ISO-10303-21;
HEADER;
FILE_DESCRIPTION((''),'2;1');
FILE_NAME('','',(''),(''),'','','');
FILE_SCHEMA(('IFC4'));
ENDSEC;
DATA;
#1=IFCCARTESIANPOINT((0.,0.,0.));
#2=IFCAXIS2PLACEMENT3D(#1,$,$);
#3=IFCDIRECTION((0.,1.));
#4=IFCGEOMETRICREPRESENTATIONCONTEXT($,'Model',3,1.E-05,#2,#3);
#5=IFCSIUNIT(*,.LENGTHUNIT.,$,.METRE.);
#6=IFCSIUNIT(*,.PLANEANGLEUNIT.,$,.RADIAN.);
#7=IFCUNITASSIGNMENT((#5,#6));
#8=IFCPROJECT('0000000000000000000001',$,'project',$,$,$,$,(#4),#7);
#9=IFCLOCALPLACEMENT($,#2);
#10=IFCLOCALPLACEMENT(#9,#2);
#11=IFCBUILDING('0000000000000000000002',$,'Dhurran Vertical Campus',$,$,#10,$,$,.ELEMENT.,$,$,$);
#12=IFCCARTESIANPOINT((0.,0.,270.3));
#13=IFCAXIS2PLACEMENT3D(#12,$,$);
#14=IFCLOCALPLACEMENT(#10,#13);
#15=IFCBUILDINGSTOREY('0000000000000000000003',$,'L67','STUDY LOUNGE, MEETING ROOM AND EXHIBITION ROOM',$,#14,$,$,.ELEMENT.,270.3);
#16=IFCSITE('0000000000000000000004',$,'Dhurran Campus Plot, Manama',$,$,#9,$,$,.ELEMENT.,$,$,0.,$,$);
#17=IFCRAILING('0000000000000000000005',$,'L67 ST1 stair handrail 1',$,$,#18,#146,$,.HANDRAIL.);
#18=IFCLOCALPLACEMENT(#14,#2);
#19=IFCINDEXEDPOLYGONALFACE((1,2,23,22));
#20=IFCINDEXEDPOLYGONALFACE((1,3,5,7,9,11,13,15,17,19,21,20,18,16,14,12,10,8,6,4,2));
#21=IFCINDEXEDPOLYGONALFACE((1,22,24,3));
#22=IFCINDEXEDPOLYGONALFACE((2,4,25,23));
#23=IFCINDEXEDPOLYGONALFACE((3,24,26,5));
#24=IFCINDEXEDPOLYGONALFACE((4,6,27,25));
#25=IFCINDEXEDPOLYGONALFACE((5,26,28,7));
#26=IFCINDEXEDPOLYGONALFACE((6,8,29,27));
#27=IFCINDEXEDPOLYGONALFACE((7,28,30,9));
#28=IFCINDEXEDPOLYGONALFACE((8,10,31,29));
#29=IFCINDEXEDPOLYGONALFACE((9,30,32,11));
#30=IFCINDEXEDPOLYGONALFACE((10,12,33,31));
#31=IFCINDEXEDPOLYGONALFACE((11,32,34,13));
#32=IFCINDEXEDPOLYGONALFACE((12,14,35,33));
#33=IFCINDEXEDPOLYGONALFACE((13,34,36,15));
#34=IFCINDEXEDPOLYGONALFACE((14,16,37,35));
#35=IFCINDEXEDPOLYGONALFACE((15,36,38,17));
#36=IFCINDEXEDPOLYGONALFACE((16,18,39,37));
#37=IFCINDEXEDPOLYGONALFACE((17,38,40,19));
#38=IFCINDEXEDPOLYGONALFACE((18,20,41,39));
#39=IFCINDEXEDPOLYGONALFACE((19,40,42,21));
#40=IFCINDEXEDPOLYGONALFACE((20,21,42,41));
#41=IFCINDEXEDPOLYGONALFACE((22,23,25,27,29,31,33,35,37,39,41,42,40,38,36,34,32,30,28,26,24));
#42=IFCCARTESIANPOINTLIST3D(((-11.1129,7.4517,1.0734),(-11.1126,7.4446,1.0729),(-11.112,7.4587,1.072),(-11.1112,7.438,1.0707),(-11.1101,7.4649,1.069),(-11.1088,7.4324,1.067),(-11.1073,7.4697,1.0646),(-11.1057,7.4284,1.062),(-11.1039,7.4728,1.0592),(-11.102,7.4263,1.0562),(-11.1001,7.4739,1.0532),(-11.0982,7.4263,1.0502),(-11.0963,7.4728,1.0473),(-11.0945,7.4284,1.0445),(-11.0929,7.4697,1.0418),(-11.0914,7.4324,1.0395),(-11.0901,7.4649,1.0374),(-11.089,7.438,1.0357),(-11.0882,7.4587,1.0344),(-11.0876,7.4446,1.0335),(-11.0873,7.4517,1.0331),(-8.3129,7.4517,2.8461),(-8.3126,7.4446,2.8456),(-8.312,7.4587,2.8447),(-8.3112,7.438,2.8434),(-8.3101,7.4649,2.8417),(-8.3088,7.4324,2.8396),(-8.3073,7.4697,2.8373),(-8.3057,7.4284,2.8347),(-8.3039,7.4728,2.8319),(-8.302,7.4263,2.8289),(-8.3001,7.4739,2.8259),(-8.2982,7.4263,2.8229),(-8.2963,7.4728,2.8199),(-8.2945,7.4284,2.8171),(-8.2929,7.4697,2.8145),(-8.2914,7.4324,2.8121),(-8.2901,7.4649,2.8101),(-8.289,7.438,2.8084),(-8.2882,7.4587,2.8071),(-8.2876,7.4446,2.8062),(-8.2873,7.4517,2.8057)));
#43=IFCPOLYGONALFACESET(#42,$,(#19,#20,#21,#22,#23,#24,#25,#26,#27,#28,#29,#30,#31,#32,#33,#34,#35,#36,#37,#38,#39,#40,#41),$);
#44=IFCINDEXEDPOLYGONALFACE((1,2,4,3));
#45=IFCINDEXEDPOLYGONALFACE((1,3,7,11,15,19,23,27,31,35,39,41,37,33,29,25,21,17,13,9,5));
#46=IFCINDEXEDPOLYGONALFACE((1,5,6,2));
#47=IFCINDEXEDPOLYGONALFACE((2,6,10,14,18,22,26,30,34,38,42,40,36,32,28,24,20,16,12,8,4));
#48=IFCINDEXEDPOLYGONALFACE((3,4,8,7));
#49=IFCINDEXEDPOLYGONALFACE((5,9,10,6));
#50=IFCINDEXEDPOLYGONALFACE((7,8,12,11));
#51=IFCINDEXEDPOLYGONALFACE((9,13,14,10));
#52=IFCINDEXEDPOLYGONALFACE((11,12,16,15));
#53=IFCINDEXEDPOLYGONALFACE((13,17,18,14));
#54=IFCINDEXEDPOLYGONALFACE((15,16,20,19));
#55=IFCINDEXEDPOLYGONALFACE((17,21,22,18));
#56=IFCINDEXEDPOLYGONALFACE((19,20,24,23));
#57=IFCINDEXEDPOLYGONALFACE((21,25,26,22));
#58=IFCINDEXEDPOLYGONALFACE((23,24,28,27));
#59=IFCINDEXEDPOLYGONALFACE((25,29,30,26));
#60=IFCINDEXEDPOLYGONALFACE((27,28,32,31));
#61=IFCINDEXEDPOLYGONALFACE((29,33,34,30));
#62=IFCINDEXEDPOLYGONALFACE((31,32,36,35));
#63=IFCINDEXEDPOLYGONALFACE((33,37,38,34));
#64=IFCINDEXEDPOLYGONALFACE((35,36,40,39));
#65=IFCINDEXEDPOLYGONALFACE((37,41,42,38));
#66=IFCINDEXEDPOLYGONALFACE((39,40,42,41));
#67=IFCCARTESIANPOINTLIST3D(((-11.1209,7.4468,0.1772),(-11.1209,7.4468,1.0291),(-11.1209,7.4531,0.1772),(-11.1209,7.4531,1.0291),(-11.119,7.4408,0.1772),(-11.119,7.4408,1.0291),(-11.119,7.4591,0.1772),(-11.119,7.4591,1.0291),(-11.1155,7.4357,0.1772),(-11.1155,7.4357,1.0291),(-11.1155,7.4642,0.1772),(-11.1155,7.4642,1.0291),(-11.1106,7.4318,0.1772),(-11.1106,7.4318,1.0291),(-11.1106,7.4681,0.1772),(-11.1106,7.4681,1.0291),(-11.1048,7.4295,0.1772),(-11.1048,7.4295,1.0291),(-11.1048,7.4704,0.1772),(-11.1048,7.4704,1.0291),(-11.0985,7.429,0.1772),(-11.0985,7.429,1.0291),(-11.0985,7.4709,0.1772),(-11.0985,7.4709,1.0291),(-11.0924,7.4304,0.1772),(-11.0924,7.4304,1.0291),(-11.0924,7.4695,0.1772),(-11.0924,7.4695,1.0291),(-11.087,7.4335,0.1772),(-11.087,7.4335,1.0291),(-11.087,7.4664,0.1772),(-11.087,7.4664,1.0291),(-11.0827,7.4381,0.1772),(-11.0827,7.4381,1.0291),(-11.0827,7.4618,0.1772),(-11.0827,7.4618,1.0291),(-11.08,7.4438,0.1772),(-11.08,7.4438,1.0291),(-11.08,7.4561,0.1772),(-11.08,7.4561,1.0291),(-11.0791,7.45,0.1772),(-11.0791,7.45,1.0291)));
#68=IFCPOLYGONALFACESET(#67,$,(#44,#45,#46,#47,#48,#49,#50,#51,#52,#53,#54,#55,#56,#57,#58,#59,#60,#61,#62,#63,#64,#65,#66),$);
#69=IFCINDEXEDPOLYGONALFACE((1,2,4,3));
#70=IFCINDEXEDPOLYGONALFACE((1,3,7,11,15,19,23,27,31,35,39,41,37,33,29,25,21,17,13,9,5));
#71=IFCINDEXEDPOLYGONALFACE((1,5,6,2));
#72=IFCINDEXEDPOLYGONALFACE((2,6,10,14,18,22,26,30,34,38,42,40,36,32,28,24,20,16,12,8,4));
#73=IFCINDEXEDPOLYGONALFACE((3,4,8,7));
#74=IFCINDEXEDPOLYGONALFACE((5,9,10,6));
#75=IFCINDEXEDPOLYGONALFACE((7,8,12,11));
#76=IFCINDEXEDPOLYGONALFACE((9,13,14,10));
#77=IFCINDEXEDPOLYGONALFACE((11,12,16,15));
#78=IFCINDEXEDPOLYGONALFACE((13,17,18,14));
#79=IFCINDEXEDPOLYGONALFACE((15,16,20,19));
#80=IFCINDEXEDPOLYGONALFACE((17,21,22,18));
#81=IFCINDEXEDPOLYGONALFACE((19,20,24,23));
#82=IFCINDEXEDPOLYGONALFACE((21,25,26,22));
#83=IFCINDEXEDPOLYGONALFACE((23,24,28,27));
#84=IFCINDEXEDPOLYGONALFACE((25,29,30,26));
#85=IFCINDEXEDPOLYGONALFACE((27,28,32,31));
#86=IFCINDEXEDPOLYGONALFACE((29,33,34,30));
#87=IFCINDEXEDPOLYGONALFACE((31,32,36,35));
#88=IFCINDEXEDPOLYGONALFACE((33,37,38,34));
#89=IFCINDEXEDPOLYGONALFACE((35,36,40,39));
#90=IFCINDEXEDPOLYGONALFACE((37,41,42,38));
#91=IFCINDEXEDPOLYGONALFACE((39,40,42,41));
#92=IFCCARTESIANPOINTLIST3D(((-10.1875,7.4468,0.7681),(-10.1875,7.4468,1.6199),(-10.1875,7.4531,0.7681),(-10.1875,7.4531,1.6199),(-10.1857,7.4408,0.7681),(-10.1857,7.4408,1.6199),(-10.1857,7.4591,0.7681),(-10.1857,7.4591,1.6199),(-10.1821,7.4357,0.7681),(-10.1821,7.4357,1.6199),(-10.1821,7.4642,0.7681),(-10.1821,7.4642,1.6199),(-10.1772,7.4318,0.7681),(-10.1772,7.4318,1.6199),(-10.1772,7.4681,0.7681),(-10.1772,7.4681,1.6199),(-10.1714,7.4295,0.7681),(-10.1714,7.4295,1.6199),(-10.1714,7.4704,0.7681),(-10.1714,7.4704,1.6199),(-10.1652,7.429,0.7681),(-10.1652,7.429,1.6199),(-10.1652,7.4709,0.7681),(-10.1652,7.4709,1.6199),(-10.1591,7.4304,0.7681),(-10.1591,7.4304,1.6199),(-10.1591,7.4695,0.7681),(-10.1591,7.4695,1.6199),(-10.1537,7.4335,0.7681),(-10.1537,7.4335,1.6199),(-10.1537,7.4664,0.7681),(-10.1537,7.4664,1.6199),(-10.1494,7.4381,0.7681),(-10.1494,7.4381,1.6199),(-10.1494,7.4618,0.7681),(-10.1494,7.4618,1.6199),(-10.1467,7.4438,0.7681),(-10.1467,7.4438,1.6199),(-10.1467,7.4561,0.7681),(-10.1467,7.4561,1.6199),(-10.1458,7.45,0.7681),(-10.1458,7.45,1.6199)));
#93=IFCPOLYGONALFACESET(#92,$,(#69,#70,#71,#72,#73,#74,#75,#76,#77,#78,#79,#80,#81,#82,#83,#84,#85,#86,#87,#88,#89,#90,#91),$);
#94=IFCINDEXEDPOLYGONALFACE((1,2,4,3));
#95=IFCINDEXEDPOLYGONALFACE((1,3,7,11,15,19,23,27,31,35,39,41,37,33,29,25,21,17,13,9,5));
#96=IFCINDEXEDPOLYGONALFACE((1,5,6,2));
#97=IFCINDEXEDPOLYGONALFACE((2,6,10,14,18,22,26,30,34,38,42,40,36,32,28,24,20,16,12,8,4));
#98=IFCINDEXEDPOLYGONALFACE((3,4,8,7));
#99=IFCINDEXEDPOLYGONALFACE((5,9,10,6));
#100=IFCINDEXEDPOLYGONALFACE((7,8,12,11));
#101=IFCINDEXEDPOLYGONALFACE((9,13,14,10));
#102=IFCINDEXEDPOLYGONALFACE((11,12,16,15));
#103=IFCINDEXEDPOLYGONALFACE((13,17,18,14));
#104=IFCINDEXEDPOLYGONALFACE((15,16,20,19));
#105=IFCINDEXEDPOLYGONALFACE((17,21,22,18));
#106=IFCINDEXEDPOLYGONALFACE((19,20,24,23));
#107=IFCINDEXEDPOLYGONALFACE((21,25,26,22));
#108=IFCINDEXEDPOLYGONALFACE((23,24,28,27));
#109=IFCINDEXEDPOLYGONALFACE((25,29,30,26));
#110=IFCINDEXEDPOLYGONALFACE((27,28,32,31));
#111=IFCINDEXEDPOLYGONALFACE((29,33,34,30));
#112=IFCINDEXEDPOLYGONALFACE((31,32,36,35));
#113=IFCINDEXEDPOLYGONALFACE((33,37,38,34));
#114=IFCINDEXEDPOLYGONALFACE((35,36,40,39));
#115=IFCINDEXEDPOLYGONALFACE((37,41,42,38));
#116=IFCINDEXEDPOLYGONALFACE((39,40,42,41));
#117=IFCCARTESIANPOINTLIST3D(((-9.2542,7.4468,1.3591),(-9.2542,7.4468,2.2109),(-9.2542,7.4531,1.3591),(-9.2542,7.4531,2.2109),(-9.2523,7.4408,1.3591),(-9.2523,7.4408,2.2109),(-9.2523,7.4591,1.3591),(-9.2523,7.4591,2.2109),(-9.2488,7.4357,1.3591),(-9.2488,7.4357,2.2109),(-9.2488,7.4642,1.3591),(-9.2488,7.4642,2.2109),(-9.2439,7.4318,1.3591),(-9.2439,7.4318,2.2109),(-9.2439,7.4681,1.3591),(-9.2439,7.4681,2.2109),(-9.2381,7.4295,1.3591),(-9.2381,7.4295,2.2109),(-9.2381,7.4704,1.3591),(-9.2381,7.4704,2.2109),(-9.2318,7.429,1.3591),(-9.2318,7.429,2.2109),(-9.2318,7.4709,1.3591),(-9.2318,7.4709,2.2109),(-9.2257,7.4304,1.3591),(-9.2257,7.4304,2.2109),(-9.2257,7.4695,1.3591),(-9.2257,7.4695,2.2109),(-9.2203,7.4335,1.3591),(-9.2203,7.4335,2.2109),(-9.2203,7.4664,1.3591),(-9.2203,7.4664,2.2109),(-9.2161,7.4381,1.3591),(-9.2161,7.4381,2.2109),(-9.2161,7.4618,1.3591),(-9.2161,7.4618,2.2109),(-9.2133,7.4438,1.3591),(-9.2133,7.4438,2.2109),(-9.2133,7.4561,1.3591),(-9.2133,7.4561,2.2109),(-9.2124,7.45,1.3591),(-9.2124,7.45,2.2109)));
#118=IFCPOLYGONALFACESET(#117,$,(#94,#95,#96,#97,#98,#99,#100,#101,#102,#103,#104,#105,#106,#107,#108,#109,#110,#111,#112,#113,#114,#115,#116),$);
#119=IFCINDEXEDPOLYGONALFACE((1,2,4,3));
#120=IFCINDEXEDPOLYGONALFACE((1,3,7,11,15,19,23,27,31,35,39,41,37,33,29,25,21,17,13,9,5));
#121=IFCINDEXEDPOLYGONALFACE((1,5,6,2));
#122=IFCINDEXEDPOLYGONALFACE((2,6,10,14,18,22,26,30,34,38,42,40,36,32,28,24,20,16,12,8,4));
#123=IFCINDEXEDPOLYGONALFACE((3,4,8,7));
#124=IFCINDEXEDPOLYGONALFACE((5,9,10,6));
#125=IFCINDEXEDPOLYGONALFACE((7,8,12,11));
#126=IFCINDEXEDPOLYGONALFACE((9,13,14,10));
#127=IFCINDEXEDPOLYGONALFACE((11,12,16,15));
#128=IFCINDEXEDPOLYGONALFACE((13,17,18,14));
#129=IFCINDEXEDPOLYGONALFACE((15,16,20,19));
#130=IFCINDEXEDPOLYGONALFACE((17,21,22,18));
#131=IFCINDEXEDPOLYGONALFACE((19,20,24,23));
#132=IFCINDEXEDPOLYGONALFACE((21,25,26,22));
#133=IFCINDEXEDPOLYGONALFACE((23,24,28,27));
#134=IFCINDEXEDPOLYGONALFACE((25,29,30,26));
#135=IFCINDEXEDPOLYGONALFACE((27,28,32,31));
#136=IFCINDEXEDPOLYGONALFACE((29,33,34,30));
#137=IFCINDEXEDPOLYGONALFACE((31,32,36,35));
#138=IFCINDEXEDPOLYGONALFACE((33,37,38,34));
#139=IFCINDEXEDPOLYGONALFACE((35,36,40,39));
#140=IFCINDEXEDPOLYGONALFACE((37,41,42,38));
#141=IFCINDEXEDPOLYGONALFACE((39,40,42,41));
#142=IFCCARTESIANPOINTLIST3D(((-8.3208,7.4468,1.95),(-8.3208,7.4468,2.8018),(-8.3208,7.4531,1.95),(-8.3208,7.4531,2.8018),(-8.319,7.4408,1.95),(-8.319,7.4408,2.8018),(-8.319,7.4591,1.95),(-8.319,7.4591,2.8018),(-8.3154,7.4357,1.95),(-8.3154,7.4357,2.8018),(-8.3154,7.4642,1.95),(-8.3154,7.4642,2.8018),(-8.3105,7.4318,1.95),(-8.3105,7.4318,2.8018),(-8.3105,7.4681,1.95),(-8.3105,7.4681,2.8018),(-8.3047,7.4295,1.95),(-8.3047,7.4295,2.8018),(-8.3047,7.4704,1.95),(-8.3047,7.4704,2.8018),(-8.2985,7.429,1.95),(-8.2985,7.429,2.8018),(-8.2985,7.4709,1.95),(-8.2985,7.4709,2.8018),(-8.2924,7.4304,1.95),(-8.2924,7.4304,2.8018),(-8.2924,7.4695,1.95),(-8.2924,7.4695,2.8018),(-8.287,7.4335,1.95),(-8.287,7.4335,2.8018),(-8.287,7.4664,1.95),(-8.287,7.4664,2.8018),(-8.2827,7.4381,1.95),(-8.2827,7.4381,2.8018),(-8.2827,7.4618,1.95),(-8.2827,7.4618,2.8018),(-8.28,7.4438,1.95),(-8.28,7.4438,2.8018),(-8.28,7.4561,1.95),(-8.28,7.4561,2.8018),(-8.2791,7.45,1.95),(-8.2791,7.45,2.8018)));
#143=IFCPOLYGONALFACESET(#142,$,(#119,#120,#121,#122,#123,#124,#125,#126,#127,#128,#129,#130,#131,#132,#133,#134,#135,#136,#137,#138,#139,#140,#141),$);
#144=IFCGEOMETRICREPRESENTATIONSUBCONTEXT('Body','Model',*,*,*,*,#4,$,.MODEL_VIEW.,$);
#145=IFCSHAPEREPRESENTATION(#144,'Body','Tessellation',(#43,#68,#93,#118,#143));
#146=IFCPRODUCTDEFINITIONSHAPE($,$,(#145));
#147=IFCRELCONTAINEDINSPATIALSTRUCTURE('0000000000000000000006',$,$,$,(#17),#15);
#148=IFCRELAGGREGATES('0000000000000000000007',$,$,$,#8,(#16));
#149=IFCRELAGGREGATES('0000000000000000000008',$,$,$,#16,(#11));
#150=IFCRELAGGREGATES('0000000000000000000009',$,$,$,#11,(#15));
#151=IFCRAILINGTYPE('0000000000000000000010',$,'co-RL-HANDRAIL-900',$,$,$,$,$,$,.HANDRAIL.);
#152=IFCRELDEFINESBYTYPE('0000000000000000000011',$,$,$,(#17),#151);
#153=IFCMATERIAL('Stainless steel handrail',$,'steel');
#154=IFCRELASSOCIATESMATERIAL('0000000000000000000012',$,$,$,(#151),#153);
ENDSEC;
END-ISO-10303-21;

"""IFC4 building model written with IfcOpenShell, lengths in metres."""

from ifc_helpers import new_model, si_unit, direction, frame, origin, origin_2d, place, context, subcontext, project, spatial, circle, extrude, material, type_object, element, save


model = new_model("IFC4")

# Units and contexts
model_context = context("Model", 3, precision=1e-05, world=origin(), true_north=direction((0.0, 1.0)))
body_context = subcontext(model_context, "Body", "Model", "MODEL_VIEW")
ifc_project = project(units=[si_unit("LENGTHUNIT", "METRE"), si_unit("PLANEANGLEUNIT", "RADIAN")], contexts=[model_context])

# Site, building, storey
site_placement = place(None, origin())
site = spatial("IfcSite", under=ifc_project, at=site_placement, Name="Dhurran Campus Plot, Manama", CompositionType="ELEMENT", RefElevation=0.0)
building_placement = place(site_placement, origin())
building = spatial("IfcBuilding", under=site, at=building_placement, Name="Dhurran Vertical Campus", CompositionType="ELEMENT")
storey_placement = place(building_placement, frame((0.0, 0.0, 270.3)))
storey = spatial("IfcBuildingStorey", under=building, at=storey_placement, Name="L67", Description="STUDY LOUNGE, MEETING ROOM AND EXHIBITION ROOM", CompositionType="ELEMENT", Elevation=270.3)

# Railing
ifc_material_1 = material(Name="Stainless steel handrail", Category="steel")
railing_type_1 = type_object("IfcRailingType", Name="co-RL-HANDRAIL-900", PredefinedType="HANDRAIL", material=ifc_material_1)
railing_1_placement = place(storey_placement, frame((-11.1001, 7.45, 0.1772)))
element("IfcRailing", 1, at=railing_1_placement, inside=storey, type_object=railing_type_1, Name="L67 ST1 stair handrail 1", PredefinedType="HANDRAIL", context=body_context, shape_type="SweptSolid", body=[
    extrude(circle(Radius=0.0239, at=origin_2d()), frame((0.0, 0.0, 0.876), z_axis=(0.844909, 0.0, 0.53491), x_axis=(0.0, 1.0, 0.0)), (0.0, 0.0, 1.0), 3.314),
    extrude(circle(Radius=0.021, at=origin_2d()), origin(), (0.0, 0.0, 1.0), 0.8518),
    extrude(circle(Radius=0.021, at=origin_2d()), frame((0.9333, 0.0, 0.5908)), (0.0, 0.0, 1.0), 0.8518),
    extrude(circle(Radius=0.021, at=origin_2d()), frame((1.8667, 0.0, 1.1819)), (0.0, 0.0, 1.0), 0.8518),
    extrude(circle(Radius=0.021, at=origin_2d()), frame((2.8, 0.0, 1.7727)), (0.0, 0.0, 1.0), 0.8518),
])

save(model, "model.ifc")
